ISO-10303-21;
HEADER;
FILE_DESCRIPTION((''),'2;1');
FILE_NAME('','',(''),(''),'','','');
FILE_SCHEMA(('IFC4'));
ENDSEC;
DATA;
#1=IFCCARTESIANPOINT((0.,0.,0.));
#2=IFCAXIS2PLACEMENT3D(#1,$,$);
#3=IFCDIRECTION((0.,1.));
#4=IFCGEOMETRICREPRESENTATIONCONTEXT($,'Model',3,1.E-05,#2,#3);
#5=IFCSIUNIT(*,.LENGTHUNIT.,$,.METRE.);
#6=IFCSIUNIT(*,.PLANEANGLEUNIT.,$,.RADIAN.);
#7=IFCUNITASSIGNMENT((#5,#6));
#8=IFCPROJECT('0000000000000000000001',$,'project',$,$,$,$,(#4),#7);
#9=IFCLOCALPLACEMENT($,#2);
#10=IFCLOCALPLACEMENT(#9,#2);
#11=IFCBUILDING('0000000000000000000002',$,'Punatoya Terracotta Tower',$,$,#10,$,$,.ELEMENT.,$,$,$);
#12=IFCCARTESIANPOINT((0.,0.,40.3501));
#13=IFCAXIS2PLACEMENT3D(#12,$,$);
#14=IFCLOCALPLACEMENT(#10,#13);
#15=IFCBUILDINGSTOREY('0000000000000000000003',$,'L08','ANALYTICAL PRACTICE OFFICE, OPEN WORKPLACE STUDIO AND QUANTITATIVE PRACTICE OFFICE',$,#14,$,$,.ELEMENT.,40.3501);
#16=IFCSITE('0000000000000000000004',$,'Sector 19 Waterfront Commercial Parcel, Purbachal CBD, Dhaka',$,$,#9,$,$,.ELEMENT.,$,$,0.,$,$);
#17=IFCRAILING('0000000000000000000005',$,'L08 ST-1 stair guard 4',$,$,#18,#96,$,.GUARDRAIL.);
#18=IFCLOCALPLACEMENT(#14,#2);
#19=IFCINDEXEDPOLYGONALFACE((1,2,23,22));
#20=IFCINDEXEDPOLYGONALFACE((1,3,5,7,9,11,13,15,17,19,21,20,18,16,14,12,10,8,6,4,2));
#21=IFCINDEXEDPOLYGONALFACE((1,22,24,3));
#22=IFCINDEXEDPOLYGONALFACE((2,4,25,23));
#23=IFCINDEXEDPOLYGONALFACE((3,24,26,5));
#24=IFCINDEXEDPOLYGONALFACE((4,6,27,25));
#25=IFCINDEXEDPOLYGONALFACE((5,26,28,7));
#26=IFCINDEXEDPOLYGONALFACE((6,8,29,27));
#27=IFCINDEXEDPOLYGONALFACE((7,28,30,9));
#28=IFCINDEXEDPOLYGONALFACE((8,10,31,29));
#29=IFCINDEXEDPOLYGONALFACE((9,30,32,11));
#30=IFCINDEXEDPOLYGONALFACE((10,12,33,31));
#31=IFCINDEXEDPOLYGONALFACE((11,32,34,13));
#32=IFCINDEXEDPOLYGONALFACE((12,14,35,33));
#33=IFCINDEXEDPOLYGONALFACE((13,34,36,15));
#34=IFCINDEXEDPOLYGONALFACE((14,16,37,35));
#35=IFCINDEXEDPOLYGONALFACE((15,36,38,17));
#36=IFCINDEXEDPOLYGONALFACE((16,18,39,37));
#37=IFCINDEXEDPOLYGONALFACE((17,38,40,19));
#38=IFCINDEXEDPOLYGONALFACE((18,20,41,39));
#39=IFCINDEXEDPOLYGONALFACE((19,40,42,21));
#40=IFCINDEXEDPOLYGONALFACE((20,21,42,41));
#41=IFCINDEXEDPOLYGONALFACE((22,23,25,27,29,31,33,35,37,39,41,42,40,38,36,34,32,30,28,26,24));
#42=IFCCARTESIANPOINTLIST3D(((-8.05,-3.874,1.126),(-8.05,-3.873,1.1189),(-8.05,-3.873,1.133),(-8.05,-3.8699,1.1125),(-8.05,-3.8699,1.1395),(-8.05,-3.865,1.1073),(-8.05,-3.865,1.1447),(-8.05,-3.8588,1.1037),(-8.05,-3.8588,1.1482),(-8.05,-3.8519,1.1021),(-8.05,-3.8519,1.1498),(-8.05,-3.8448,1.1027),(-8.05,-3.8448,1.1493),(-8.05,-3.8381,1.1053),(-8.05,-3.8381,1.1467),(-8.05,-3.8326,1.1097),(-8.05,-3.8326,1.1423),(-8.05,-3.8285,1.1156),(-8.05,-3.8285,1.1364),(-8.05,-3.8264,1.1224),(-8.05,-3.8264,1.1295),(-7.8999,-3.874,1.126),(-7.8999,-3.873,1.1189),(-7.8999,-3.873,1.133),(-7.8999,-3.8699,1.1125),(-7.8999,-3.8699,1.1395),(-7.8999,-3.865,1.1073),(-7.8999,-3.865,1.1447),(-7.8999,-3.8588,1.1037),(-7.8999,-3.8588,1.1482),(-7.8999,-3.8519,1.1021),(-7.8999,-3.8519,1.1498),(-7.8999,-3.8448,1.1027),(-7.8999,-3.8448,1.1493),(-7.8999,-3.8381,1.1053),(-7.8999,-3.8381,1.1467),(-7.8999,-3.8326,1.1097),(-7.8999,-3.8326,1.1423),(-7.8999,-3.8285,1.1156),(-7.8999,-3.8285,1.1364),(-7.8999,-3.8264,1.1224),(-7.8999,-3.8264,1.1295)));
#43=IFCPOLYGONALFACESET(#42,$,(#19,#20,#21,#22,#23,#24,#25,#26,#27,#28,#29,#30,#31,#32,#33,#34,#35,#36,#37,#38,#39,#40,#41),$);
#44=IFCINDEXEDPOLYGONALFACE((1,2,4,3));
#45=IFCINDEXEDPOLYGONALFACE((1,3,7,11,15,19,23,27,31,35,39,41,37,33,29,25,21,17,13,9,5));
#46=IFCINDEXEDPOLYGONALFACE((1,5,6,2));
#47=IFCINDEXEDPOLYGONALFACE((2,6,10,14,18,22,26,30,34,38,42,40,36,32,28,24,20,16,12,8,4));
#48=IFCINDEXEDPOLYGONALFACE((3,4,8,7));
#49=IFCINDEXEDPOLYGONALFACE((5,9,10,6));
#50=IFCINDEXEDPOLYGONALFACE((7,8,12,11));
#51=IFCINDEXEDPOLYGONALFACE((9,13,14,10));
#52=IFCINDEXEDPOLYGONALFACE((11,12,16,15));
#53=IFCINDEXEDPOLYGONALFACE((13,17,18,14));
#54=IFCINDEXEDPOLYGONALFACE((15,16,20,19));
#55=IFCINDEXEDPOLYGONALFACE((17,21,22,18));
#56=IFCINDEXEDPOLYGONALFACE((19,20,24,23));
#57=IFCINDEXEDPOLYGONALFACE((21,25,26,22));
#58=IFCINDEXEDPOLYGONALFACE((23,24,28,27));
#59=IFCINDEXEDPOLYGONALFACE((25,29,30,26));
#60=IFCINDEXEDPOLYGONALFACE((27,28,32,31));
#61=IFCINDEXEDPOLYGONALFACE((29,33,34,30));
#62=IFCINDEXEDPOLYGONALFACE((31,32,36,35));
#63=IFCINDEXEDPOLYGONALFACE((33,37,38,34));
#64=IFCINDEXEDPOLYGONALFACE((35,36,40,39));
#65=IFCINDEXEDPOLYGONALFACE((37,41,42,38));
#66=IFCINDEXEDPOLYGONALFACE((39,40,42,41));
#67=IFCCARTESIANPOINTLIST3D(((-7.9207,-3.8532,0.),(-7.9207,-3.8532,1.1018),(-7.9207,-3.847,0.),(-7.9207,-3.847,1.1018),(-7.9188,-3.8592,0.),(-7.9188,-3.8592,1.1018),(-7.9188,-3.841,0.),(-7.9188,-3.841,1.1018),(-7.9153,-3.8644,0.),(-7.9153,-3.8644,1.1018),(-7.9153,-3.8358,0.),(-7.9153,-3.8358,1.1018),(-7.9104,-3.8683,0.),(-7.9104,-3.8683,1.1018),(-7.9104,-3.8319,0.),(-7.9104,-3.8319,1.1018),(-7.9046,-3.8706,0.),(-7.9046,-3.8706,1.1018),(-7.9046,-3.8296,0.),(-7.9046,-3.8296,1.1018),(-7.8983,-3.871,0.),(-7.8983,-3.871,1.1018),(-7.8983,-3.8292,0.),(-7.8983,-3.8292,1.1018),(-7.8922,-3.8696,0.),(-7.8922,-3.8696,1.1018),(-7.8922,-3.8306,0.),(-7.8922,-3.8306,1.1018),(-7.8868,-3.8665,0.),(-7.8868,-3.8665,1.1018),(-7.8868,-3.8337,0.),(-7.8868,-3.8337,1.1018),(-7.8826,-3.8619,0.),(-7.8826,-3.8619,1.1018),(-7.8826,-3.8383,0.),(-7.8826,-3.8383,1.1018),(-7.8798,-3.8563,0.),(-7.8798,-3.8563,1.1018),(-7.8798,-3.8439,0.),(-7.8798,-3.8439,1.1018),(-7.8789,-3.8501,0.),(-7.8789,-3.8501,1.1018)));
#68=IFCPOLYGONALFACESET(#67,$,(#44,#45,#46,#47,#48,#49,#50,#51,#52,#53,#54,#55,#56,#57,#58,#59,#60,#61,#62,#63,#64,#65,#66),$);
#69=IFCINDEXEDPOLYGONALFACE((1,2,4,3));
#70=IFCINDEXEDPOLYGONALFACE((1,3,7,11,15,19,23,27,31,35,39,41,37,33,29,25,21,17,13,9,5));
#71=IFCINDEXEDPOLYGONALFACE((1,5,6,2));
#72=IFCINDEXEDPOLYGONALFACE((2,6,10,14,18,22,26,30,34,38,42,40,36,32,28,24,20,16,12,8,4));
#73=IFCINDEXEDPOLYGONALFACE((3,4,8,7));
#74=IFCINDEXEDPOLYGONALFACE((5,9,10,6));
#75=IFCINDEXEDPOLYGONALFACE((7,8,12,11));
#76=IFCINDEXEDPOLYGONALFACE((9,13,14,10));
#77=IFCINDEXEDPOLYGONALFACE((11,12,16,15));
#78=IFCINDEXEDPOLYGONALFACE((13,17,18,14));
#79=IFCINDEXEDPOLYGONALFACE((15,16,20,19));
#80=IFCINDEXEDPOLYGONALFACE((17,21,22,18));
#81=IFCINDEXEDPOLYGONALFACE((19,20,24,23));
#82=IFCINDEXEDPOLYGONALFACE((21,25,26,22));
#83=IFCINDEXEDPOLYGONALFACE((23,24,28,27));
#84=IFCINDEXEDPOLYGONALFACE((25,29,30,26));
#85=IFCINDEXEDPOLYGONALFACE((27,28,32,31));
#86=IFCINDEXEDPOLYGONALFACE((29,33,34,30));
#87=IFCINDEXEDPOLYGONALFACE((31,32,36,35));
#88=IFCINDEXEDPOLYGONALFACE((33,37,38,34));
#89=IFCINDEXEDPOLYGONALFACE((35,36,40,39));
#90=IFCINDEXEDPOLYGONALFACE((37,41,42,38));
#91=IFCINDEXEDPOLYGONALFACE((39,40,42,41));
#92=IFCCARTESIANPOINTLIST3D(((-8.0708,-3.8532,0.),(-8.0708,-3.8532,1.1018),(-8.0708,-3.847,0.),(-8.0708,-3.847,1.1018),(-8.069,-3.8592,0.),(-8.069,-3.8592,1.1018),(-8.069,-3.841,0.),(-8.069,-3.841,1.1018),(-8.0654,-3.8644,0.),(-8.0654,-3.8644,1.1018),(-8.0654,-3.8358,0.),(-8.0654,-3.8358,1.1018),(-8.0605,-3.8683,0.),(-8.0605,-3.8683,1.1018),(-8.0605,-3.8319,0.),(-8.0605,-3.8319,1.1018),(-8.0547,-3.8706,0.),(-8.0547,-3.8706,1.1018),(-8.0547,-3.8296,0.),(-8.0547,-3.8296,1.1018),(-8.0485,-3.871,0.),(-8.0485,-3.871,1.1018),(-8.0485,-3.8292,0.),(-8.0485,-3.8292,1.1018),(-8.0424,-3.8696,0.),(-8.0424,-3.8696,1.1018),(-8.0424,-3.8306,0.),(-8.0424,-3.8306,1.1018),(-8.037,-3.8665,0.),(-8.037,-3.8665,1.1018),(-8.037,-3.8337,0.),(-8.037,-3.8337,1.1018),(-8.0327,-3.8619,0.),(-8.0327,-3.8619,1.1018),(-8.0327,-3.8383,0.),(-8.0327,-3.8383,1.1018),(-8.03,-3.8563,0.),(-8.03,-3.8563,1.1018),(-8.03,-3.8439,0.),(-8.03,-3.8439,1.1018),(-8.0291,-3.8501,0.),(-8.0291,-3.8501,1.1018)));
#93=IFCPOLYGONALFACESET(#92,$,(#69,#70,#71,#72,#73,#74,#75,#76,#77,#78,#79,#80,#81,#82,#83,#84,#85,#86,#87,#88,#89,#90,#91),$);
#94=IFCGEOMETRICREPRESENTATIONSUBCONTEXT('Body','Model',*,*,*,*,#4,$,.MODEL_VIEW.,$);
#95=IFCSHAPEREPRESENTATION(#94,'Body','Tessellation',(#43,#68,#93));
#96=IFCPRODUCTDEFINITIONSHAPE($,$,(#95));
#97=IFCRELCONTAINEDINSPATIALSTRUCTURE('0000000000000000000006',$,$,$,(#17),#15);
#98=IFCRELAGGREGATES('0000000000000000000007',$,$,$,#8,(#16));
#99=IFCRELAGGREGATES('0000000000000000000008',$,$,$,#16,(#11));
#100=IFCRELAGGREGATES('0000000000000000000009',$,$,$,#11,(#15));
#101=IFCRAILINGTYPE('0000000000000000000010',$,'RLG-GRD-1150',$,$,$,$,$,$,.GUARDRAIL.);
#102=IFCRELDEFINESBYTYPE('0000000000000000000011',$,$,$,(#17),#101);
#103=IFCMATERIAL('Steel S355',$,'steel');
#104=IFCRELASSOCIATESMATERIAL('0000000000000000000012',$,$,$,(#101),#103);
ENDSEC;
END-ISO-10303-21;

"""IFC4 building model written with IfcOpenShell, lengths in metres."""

from ifc_helpers import new_model, si_unit, direction, frame, origin, origin_2d, place, context, subcontext, project, spatial, circle, extrude, material, type_object, element, save


model = new_model("IFC4")

# Units and contexts
model_context = context("Model", 3, precision=1e-05, world=origin(), true_north=direction((0.0, 1.0)))
body_context = subcontext(model_context, "Body", "Model", "MODEL_VIEW")
ifc_project = project(units=[si_unit("LENGTHUNIT", "METRE"), si_unit("PLANEANGLEUNIT", "RADIAN")], contexts=[model_context])

# Site, building, storey
site_placement = place(None, origin())
site = spatial("IfcSite", under=ifc_project, at=site_placement, Name="Sector 19 Waterfront Commercial Parcel, Purbachal CBD, Dhaka", CompositionType="ELEMENT", RefElevation=0.0)
building_placement = place(site_placement, origin())
building = spatial("IfcBuilding", under=site, at=building_placement, Name="Punatoya Terracotta Tower", CompositionType="ELEMENT")
storey_placement = place(building_placement, frame((0.0, 0.0, 40.3501)))
storey = spatial("IfcBuildingStorey", under=building, at=storey_placement, Name="L08", Description="ANALYTICAL PRACTICE OFFICE, OPEN WORKPLACE STUDIO AND QUANTITATIVE PRACTICE OFFICE", CompositionType="ELEMENT", Elevation=40.3501)

# Shared definitions
ifc_material_1 = material(Name="Steel S355", Category="steel")

# Railing
railing_type_1 = type_object("IfcRailingType", Name="RLG-GRD-1150", PredefinedType="GUARDRAIL", material=ifc_material_1)
railing_1_placement = place(storey_placement, frame((-7.8999, -3.8501, 0.0)))
element("IfcRailing", 1, at=railing_1_placement, inside=storey, type_object=railing_type_1, Name="L08 ST-1 stair guard 4", PredefinedType="GUARDRAIL", context=body_context, shape_type="SweptSolid", body=[
    extrude(circle(Radius=0.0239, at=origin_2d()), frame((0.0, 0.0, 1.126), z_axis=(-1.0, 0.0, 0.0), x_axis=(0.0, -1.0, 0.0)), (0.0, 0.0, 1.0), 0.1501),
    extrude(circle(Radius=0.021, at=origin_2d()), origin(), (0.0, 0.0, 1.0), 1.1018),
    extrude(circle(Radius=0.021, at=origin_2d()), frame((-0.1501, 0.0, 0.0)), (0.0, 0.0, 1.0), 1.1018),
])

save(model, "model.ifc")
